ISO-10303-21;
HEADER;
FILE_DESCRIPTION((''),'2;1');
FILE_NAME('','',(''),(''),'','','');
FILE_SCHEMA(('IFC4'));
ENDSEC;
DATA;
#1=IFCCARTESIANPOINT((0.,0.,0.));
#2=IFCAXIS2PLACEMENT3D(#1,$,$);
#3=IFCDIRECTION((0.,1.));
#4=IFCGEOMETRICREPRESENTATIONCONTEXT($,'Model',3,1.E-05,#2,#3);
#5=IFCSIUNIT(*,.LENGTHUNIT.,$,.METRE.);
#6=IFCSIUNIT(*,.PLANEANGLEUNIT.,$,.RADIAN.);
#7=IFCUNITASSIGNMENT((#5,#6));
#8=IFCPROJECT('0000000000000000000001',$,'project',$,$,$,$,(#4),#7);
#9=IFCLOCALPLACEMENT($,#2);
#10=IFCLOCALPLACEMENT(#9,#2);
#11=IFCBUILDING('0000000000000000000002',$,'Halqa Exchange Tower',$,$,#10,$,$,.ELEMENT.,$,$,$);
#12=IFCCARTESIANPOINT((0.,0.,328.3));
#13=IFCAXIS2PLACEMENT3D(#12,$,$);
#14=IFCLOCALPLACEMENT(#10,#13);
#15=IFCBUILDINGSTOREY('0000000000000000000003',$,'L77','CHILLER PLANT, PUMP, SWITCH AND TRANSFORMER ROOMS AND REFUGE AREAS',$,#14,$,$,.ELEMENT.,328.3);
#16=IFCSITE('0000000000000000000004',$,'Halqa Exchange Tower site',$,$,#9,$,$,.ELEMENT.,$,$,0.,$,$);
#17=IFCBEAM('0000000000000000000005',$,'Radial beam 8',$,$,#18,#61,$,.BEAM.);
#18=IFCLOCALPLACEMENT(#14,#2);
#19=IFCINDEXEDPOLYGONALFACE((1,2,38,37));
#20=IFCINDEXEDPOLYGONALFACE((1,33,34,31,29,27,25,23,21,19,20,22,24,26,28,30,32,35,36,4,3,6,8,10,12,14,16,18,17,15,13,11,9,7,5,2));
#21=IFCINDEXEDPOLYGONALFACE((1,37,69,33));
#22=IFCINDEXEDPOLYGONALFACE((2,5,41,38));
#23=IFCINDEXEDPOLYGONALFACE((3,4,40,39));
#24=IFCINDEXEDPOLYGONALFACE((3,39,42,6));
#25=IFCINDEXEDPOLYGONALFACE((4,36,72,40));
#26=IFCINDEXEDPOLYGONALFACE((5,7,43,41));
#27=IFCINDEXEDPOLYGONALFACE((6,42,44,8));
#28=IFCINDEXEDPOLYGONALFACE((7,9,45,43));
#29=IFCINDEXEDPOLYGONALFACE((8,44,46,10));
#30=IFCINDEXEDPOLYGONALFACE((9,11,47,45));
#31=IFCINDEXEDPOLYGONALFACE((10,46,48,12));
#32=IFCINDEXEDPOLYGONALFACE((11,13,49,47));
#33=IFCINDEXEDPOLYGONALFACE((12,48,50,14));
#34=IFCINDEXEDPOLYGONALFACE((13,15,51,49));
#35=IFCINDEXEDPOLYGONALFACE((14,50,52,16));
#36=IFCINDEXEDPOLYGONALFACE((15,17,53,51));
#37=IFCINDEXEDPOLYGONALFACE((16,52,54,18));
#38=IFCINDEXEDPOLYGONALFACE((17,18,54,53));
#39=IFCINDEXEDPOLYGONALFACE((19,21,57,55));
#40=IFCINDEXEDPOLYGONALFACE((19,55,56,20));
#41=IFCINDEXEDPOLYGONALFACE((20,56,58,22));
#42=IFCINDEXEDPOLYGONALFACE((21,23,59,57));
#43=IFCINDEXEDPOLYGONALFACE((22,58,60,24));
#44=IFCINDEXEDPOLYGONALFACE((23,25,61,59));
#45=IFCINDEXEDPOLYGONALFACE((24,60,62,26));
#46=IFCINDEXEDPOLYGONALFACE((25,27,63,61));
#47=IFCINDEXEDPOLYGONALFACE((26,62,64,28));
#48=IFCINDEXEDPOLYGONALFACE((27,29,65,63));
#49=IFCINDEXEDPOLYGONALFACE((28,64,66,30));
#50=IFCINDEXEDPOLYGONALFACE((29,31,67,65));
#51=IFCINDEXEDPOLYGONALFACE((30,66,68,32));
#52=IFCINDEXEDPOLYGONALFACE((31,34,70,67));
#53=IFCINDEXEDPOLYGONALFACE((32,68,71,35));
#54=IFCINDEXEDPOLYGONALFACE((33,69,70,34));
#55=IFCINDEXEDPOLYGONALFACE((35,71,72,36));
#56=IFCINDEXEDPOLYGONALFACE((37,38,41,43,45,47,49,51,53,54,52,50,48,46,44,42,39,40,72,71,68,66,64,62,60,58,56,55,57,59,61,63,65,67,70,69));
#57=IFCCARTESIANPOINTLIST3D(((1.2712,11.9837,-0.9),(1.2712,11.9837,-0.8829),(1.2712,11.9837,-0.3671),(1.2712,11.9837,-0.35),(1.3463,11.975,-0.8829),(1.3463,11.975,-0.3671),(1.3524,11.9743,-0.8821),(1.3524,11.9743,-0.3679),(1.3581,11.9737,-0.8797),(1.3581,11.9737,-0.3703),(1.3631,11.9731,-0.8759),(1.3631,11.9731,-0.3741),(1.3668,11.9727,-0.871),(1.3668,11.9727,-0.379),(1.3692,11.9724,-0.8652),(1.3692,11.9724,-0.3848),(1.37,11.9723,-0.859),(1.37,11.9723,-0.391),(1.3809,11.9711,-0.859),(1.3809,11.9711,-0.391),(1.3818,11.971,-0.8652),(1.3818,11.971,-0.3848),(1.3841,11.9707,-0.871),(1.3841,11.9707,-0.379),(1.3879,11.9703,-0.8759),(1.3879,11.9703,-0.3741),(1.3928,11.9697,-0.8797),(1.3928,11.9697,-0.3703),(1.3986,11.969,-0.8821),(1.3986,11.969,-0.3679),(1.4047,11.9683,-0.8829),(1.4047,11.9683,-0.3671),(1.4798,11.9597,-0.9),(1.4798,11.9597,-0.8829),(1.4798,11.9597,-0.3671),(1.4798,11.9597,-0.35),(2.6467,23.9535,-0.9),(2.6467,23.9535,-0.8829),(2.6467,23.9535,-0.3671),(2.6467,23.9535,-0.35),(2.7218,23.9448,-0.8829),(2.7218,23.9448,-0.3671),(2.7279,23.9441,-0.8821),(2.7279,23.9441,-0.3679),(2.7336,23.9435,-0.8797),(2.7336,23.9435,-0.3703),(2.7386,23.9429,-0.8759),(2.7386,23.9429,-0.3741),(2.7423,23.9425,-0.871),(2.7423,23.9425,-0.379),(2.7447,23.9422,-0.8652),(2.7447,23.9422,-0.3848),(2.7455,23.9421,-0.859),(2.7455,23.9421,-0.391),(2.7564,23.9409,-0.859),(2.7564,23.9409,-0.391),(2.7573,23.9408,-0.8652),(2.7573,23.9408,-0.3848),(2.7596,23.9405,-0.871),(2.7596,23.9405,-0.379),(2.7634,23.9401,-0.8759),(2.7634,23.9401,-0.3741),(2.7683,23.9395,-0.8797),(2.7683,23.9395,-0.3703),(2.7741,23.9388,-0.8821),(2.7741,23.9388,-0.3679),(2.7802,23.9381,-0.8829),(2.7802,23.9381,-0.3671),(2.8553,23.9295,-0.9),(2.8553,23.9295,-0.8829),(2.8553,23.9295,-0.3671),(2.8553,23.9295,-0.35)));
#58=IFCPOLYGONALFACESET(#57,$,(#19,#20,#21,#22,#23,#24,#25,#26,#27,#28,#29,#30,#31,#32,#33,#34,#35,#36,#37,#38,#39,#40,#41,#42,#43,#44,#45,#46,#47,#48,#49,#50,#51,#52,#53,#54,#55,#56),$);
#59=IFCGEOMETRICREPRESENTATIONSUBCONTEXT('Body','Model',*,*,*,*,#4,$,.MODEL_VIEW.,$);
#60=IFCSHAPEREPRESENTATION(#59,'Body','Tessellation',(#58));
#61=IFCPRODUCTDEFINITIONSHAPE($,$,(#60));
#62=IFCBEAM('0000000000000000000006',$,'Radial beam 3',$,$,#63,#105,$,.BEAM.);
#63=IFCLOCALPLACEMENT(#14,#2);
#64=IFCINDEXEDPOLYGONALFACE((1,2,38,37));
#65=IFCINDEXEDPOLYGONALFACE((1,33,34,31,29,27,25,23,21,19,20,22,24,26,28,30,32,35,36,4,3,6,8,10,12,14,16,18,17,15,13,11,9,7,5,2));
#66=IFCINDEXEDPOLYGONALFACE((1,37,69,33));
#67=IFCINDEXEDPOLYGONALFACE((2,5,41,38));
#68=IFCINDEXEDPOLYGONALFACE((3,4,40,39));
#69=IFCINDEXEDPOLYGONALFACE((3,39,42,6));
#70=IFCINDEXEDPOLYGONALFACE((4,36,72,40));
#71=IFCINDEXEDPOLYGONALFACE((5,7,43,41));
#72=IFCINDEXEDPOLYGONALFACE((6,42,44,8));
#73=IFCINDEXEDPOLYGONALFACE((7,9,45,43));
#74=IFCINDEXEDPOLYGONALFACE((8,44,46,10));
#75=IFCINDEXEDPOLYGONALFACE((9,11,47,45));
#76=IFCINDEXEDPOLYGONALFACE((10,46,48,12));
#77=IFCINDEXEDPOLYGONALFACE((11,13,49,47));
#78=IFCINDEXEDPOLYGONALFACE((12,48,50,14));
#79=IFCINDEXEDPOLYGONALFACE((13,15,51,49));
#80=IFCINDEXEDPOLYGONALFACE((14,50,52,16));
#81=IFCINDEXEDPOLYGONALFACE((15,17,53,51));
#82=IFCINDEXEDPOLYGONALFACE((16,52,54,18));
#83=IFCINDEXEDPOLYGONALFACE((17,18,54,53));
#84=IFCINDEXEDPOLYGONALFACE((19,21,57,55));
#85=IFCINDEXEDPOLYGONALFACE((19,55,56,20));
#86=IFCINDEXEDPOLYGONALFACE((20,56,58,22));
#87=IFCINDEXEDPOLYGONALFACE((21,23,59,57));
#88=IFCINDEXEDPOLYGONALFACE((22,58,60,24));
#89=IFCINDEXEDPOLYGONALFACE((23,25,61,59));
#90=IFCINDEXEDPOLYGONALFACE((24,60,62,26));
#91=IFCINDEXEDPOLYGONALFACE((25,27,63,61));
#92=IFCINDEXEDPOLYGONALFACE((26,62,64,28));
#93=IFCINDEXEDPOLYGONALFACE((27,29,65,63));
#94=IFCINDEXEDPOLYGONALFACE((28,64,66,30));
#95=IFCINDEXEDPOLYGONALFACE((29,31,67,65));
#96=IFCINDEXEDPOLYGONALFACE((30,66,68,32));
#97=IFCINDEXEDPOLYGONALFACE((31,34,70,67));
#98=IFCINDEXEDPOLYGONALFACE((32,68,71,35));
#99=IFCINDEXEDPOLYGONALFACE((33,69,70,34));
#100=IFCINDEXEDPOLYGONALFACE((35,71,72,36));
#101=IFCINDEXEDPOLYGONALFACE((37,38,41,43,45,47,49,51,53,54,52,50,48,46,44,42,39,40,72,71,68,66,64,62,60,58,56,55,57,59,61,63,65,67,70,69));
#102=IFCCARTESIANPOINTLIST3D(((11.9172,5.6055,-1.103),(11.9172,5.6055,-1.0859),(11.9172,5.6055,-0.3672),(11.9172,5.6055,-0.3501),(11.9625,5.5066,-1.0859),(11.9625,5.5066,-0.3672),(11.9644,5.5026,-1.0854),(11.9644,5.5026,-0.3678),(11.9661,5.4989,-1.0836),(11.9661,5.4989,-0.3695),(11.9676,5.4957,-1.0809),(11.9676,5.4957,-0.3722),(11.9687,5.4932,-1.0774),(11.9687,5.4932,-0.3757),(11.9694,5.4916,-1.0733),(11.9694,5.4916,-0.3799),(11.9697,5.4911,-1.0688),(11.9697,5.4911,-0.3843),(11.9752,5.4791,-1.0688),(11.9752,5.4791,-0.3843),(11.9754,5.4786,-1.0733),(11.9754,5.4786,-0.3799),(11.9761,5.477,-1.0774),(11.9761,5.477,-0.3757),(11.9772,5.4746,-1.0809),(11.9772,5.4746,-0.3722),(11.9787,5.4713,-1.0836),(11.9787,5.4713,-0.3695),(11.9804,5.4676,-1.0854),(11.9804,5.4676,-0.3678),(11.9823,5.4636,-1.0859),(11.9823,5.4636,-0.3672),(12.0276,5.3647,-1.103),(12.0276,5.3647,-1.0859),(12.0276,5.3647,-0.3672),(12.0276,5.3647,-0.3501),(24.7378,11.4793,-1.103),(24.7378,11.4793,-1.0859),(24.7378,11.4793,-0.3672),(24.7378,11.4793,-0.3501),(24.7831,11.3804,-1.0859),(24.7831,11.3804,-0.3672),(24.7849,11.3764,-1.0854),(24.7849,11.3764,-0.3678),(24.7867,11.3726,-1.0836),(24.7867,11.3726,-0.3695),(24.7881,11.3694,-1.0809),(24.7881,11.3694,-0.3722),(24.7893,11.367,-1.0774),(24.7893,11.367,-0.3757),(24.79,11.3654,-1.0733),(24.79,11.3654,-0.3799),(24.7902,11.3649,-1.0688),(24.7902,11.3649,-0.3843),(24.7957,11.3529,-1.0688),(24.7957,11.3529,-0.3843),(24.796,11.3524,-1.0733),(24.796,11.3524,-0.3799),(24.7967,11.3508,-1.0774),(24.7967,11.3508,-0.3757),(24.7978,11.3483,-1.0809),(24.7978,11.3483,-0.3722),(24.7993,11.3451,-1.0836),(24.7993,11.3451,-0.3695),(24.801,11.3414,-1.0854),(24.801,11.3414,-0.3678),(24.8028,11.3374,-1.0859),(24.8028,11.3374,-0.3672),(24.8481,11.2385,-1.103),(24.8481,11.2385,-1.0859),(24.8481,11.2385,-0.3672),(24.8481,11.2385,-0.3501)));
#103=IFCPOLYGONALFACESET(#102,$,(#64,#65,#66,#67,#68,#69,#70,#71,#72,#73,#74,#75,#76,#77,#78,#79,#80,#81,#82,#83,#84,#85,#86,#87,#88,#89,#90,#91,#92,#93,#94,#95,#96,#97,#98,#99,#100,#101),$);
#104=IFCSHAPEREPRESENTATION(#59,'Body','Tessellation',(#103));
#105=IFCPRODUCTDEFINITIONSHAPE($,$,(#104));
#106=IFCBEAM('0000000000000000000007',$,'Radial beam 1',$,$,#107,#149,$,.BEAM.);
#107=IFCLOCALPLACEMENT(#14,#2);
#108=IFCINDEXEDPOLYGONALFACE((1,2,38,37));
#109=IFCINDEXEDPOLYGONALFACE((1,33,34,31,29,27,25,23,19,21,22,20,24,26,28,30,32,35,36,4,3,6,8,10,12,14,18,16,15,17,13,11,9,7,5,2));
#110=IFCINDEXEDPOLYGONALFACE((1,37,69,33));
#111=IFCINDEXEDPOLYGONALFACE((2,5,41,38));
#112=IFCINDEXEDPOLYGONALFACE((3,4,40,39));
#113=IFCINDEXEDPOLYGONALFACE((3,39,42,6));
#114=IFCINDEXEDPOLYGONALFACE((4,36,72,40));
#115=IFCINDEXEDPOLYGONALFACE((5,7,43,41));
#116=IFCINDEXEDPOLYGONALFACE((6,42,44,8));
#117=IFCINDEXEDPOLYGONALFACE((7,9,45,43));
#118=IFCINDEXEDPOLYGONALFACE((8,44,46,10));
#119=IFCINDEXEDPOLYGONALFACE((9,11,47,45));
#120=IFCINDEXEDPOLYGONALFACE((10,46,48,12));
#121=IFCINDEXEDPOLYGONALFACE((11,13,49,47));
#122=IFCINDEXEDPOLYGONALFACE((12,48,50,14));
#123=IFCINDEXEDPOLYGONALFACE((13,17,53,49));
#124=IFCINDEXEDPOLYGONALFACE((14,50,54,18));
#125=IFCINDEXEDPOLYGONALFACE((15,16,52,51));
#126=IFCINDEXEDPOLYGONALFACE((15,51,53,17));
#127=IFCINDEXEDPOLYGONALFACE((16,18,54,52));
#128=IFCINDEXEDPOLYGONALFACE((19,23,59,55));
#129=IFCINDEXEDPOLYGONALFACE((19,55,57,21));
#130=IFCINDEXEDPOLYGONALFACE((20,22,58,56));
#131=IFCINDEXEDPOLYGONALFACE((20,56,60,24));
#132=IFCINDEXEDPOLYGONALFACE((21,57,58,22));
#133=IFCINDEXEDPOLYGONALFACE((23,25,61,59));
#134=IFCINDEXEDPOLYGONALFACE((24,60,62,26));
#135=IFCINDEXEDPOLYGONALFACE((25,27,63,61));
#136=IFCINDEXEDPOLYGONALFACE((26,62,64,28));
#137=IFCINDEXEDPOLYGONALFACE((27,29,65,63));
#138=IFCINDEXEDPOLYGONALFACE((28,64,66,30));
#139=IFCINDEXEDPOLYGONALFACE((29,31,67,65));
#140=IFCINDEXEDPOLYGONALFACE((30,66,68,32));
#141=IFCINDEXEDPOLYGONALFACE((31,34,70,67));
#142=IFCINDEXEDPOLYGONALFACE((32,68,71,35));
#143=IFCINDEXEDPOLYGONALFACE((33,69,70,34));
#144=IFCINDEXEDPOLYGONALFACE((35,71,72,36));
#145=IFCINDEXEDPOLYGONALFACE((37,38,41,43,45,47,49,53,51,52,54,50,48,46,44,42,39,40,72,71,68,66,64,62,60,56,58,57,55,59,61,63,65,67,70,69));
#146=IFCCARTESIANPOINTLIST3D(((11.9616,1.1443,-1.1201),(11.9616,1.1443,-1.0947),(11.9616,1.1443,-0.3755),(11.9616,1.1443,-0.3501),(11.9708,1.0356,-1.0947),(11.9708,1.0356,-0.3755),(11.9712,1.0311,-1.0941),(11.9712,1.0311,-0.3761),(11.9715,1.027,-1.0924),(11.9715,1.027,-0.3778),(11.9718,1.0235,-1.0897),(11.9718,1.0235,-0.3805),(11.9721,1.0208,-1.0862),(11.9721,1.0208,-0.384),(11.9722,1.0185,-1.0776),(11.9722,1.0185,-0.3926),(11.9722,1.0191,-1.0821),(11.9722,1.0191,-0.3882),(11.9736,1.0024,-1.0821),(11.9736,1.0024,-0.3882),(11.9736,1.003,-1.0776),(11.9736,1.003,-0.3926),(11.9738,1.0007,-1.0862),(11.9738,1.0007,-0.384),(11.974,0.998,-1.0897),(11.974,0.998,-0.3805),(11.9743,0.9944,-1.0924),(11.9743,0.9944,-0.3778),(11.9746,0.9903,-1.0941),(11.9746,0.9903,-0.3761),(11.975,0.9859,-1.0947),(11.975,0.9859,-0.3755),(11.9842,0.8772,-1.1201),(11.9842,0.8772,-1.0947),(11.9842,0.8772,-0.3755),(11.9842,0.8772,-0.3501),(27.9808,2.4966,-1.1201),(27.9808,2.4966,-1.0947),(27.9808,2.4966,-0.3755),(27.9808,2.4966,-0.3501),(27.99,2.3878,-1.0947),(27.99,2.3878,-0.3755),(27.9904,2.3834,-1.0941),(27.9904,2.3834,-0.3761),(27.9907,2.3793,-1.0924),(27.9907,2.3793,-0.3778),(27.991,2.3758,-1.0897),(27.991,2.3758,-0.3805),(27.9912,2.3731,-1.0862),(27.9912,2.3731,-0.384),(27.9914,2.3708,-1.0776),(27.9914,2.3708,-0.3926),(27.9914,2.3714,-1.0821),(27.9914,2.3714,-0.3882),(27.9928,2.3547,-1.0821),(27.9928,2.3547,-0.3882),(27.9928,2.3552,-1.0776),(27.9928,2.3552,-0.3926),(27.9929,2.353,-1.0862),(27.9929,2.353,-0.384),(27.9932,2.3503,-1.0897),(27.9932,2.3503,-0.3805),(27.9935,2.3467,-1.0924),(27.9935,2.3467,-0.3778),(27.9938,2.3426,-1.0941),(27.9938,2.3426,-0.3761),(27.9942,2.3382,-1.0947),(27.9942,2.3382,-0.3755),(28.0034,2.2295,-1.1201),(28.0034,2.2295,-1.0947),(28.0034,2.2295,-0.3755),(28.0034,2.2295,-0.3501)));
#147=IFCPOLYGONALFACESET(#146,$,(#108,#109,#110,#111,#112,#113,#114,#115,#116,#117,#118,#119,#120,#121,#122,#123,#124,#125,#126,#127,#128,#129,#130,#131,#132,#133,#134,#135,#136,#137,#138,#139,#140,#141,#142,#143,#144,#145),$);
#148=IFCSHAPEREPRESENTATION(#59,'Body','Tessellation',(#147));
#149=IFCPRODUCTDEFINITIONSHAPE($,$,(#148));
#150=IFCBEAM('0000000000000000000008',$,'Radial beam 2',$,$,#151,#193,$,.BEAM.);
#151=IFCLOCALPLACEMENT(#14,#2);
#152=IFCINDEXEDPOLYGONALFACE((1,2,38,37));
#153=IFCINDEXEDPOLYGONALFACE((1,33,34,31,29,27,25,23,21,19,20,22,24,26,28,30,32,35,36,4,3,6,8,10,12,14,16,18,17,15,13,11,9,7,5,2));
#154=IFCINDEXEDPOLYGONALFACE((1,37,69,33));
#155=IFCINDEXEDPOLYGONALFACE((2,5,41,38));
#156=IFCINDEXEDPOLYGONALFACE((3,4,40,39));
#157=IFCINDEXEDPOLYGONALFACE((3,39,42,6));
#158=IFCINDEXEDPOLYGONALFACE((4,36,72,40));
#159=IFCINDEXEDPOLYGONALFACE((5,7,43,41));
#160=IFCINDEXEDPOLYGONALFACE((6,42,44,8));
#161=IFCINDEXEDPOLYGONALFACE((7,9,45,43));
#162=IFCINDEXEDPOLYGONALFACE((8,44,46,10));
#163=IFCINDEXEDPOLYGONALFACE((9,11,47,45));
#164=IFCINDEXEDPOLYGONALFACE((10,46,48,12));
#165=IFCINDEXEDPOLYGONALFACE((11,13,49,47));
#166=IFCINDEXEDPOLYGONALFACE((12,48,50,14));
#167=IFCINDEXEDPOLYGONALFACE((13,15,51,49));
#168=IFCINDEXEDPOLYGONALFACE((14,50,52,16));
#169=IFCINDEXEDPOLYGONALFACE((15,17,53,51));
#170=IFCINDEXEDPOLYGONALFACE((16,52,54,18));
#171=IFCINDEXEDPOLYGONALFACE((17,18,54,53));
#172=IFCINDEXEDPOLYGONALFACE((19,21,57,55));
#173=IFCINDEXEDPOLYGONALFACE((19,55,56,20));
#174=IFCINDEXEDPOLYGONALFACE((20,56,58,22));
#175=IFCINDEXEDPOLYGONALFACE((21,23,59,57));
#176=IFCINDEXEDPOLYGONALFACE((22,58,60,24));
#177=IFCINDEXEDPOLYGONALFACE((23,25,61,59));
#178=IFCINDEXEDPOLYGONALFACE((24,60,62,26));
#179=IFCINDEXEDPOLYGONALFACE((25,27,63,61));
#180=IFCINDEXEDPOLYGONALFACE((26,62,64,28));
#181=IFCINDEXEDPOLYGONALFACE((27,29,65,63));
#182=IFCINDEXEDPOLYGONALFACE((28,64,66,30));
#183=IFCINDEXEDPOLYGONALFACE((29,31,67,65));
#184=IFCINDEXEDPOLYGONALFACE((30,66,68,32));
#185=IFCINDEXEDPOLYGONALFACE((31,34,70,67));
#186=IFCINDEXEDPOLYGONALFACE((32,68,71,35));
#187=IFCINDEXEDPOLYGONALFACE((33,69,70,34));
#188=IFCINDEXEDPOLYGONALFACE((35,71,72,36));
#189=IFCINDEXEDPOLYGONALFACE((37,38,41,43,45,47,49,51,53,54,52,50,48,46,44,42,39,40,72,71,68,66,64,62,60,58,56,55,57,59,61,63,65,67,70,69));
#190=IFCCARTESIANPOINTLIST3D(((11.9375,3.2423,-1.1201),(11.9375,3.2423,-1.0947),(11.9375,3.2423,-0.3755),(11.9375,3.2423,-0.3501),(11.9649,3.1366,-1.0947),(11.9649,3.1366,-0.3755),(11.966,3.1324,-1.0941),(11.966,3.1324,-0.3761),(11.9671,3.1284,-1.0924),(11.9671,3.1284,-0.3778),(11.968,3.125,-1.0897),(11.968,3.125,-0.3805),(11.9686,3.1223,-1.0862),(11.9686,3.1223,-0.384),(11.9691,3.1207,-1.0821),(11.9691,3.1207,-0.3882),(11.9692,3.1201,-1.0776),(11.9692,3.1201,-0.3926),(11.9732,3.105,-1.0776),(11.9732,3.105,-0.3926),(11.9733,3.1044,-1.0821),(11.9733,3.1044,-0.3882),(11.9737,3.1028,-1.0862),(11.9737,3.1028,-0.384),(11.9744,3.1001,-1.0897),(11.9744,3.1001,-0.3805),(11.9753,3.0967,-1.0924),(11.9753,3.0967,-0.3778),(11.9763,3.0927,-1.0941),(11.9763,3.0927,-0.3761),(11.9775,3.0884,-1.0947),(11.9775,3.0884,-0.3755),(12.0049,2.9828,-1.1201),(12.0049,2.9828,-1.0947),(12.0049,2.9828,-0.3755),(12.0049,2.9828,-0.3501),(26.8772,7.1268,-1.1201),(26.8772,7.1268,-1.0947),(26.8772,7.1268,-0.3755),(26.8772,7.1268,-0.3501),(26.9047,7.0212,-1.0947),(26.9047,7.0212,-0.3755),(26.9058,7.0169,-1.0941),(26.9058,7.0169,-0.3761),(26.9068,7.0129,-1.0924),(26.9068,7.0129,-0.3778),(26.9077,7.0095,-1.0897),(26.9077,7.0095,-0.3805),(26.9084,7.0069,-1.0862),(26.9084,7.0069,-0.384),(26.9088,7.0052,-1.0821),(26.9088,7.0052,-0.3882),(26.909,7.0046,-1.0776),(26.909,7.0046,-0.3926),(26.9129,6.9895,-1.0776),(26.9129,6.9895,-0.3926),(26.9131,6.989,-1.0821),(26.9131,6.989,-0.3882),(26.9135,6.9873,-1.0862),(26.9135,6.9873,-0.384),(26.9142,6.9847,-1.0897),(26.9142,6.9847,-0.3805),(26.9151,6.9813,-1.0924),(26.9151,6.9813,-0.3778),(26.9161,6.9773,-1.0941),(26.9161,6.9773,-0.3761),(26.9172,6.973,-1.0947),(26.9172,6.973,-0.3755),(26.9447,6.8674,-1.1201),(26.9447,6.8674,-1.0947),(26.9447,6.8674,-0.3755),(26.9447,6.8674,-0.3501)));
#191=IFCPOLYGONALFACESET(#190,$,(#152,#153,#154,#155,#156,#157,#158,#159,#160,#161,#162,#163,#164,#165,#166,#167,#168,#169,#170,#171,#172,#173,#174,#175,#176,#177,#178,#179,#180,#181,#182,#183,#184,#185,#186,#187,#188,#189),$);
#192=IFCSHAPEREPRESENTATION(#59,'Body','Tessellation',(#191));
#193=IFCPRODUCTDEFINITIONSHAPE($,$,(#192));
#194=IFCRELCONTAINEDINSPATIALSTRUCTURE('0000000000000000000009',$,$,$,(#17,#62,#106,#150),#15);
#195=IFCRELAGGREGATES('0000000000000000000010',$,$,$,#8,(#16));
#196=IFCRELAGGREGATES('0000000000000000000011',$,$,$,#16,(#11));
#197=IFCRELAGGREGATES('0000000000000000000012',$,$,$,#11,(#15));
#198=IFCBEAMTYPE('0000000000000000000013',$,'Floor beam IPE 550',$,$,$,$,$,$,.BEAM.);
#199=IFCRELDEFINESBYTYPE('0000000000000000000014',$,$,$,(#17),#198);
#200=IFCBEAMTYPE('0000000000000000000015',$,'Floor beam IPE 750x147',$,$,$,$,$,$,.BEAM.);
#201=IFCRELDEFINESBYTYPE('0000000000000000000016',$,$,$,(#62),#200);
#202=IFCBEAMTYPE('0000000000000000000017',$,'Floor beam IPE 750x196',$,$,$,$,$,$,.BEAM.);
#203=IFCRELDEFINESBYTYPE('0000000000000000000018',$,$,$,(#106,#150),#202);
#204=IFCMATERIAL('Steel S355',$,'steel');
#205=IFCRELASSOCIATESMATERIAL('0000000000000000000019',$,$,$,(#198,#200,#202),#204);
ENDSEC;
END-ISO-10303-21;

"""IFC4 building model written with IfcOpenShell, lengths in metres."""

from ifc_helpers import new_model, si_unit, direction, frame, origin, origin_2d, place, context, subcontext, project, spatial, i_section, extrude, material, material_profile, profile_set, type_object, element, save


model = new_model("IFC4")

# Units and contexts
model_context = context("Model", 3, precision=1e-05, world=origin(), true_north=direction((0.0, 1.0)))
body_context = subcontext(model_context, "Body", "Model", "MODEL_VIEW")
ifc_project = project(units=[si_unit("LENGTHUNIT", "METRE"), si_unit("PLANEANGLEUNIT", "RADIAN")], contexts=[model_context])

# Site, building, storey
site_placement = place(None, origin())
site = spatial("IfcSite", under=ifc_project, at=site_placement, Name="Halqa Exchange Tower site", CompositionType="ELEMENT", RefElevation=0.0)
building_placement = place(site_placement, origin())
building = spatial("IfcBuilding", under=site, at=building_placement, Name="Halqa Exchange Tower", CompositionType="ELEMENT")
storey_placement = place(building_placement, frame((0.0, 0.0, 328.3)))
storey = spatial("IfcBuildingStorey", under=building, at=storey_placement, Name="L77", Description="CHILLER PLANT, PUMP, SWITCH AND TRANSFORMER ROOMS AND REFUGE AREAS", CompositionType="ELEMENT", Elevation=328.3)

# Beams
ifc_material_1 = material(Name="Steel S355", Category="steel")
ifc_material_profile_1 = material_profile(ifc_material_1, i_section(OverallWidth=0.21, OverallDepth=0.55, WebThickness=0.011, FlangeThickness=0.0171, FilletRadius=0.0239, at=origin_2d()), Name="IPE 550")
ifc_profile_set_1 = profile_set([ifc_material_profile_1], Name="Steel S355")
beam_type_1 = type_object("IfcBeamType", Name="Floor beam IPE 550", PredefinedType="BEAM", material=ifc_profile_set_1)
beam_1_placement = place(storey_placement, frame((1.3755, 11.9717, -0.625), z_axis=(0.114163, 0.993462, 0.0), x_axis=(-0.993462, 0.114163, 0.0)))
element("IfcBeam", 1, at=beam_1_placement, inside=storey, type_object=beam_type_1, Name="Radial beam 8", PredefinedType="BEAM", context=body_context, shape_type="SweptSolid", body=[
    extrude(i_section(OverallWidth=0.21, OverallDepth=0.55, WebThickness=0.011, FlangeThickness=0.0171, FilletRadius=0.0239, at=origin_2d()), origin(), (0.0, 0.0, 1.0), 12.0486),
])
ifc_material_profile_2 = material_profile(ifc_material_1, i_section(OverallWidth=0.2649, OverallDepth=0.7529, WebThickness=0.0132, FlangeThickness=0.0171, FilletRadius=0.0171, at=origin_2d()), Name="IPE 750x147")
ifc_profile_set_2 = profile_set([ifc_material_profile_2], Name="Steel S355")
beam_type_2 = type_object("IfcBeamType", Name="Floor beam IPE 750x147", PredefinedType="BEAM", material=ifc_profile_set_2)
beam_2_placement = place(storey_placement, frame((11.9724, 5.4851, -0.7266), z_axis=(0.909127, 0.416519, 0.0), x_axis=(-0.416519, 0.909127, 0.0)))
element("IfcBeam", 2, at=beam_2_placement, inside=storey, type_object=beam_type_2, Name="Radial beam 3", PredefinedType="BEAM", context=body_context, shape_type="SweptSolid", body=[
    extrude(i_section(OverallWidth=0.2649, OverallDepth=0.7529, WebThickness=0.0132, FlangeThickness=0.0171, FilletRadius=0.0171, at=origin_2d()), origin(), (0.0, 0.0, 1.0), 14.1021),
])
ifc_material_profile_3 = material_profile(ifc_material_1, i_section(OverallWidth=0.2681, OverallDepth=0.77, WebThickness=0.0156, FlangeThickness=0.0254, FilletRadius=0.0171, at=origin_2d()), Name="IPE 750x196")
ifc_profile_set_3 = profile_set([ifc_material_profile_3], Name="Steel S355")
beam_type_3 = type_object("IfcBeamType", Name="Floor beam IPE 750x196", PredefinedType="BEAM", material=ifc_profile_set_3)
beam_3_placement = place(storey_placement, frame((11.9729, 1.0107, -0.7351), z_axis=(0.996456, 0.084117, 0.0), x_axis=(-0.084117, 0.996456, 0.0)))
element("IfcBeam", 3, at=beam_3_placement, inside=storey, type_object=beam_type_3, Name="Radial beam 1", PredefinedType="BEAM", context=body_context, shape_type="SweptSolid", body=[
    extrude(i_section(OverallWidth=0.2681, OverallDepth=0.77, WebThickness=0.0156, FlangeThickness=0.0254, FilletRadius=0.0171, at=origin_2d()), origin(), (0.0, 0.0, 1.0), 16.0762),
])
beam_4_placement = place(storey_placement, frame((11.9712, 3.1125, -0.7351), z_axis=(0.967819, 0.251646, 0.0), x_axis=(-0.251646, 0.967819, 0.0)))
element("IfcBeam", 4, at=beam_4_placement, inside=storey, type_object=beam_type_3, Name="Radial beam 2", PredefinedType="BEAM", context=body_context, shape_type="SweptSolid", body=[
    extrude(i_section(OverallWidth=0.2681, OverallDepth=0.77, WebThickness=0.0156, FlangeThickness=0.0254, FilletRadius=0.0171, at=origin_2d()), origin(), (0.0, 0.0, 1.0), 15.4365),
])

save(model, "model.ifc")
